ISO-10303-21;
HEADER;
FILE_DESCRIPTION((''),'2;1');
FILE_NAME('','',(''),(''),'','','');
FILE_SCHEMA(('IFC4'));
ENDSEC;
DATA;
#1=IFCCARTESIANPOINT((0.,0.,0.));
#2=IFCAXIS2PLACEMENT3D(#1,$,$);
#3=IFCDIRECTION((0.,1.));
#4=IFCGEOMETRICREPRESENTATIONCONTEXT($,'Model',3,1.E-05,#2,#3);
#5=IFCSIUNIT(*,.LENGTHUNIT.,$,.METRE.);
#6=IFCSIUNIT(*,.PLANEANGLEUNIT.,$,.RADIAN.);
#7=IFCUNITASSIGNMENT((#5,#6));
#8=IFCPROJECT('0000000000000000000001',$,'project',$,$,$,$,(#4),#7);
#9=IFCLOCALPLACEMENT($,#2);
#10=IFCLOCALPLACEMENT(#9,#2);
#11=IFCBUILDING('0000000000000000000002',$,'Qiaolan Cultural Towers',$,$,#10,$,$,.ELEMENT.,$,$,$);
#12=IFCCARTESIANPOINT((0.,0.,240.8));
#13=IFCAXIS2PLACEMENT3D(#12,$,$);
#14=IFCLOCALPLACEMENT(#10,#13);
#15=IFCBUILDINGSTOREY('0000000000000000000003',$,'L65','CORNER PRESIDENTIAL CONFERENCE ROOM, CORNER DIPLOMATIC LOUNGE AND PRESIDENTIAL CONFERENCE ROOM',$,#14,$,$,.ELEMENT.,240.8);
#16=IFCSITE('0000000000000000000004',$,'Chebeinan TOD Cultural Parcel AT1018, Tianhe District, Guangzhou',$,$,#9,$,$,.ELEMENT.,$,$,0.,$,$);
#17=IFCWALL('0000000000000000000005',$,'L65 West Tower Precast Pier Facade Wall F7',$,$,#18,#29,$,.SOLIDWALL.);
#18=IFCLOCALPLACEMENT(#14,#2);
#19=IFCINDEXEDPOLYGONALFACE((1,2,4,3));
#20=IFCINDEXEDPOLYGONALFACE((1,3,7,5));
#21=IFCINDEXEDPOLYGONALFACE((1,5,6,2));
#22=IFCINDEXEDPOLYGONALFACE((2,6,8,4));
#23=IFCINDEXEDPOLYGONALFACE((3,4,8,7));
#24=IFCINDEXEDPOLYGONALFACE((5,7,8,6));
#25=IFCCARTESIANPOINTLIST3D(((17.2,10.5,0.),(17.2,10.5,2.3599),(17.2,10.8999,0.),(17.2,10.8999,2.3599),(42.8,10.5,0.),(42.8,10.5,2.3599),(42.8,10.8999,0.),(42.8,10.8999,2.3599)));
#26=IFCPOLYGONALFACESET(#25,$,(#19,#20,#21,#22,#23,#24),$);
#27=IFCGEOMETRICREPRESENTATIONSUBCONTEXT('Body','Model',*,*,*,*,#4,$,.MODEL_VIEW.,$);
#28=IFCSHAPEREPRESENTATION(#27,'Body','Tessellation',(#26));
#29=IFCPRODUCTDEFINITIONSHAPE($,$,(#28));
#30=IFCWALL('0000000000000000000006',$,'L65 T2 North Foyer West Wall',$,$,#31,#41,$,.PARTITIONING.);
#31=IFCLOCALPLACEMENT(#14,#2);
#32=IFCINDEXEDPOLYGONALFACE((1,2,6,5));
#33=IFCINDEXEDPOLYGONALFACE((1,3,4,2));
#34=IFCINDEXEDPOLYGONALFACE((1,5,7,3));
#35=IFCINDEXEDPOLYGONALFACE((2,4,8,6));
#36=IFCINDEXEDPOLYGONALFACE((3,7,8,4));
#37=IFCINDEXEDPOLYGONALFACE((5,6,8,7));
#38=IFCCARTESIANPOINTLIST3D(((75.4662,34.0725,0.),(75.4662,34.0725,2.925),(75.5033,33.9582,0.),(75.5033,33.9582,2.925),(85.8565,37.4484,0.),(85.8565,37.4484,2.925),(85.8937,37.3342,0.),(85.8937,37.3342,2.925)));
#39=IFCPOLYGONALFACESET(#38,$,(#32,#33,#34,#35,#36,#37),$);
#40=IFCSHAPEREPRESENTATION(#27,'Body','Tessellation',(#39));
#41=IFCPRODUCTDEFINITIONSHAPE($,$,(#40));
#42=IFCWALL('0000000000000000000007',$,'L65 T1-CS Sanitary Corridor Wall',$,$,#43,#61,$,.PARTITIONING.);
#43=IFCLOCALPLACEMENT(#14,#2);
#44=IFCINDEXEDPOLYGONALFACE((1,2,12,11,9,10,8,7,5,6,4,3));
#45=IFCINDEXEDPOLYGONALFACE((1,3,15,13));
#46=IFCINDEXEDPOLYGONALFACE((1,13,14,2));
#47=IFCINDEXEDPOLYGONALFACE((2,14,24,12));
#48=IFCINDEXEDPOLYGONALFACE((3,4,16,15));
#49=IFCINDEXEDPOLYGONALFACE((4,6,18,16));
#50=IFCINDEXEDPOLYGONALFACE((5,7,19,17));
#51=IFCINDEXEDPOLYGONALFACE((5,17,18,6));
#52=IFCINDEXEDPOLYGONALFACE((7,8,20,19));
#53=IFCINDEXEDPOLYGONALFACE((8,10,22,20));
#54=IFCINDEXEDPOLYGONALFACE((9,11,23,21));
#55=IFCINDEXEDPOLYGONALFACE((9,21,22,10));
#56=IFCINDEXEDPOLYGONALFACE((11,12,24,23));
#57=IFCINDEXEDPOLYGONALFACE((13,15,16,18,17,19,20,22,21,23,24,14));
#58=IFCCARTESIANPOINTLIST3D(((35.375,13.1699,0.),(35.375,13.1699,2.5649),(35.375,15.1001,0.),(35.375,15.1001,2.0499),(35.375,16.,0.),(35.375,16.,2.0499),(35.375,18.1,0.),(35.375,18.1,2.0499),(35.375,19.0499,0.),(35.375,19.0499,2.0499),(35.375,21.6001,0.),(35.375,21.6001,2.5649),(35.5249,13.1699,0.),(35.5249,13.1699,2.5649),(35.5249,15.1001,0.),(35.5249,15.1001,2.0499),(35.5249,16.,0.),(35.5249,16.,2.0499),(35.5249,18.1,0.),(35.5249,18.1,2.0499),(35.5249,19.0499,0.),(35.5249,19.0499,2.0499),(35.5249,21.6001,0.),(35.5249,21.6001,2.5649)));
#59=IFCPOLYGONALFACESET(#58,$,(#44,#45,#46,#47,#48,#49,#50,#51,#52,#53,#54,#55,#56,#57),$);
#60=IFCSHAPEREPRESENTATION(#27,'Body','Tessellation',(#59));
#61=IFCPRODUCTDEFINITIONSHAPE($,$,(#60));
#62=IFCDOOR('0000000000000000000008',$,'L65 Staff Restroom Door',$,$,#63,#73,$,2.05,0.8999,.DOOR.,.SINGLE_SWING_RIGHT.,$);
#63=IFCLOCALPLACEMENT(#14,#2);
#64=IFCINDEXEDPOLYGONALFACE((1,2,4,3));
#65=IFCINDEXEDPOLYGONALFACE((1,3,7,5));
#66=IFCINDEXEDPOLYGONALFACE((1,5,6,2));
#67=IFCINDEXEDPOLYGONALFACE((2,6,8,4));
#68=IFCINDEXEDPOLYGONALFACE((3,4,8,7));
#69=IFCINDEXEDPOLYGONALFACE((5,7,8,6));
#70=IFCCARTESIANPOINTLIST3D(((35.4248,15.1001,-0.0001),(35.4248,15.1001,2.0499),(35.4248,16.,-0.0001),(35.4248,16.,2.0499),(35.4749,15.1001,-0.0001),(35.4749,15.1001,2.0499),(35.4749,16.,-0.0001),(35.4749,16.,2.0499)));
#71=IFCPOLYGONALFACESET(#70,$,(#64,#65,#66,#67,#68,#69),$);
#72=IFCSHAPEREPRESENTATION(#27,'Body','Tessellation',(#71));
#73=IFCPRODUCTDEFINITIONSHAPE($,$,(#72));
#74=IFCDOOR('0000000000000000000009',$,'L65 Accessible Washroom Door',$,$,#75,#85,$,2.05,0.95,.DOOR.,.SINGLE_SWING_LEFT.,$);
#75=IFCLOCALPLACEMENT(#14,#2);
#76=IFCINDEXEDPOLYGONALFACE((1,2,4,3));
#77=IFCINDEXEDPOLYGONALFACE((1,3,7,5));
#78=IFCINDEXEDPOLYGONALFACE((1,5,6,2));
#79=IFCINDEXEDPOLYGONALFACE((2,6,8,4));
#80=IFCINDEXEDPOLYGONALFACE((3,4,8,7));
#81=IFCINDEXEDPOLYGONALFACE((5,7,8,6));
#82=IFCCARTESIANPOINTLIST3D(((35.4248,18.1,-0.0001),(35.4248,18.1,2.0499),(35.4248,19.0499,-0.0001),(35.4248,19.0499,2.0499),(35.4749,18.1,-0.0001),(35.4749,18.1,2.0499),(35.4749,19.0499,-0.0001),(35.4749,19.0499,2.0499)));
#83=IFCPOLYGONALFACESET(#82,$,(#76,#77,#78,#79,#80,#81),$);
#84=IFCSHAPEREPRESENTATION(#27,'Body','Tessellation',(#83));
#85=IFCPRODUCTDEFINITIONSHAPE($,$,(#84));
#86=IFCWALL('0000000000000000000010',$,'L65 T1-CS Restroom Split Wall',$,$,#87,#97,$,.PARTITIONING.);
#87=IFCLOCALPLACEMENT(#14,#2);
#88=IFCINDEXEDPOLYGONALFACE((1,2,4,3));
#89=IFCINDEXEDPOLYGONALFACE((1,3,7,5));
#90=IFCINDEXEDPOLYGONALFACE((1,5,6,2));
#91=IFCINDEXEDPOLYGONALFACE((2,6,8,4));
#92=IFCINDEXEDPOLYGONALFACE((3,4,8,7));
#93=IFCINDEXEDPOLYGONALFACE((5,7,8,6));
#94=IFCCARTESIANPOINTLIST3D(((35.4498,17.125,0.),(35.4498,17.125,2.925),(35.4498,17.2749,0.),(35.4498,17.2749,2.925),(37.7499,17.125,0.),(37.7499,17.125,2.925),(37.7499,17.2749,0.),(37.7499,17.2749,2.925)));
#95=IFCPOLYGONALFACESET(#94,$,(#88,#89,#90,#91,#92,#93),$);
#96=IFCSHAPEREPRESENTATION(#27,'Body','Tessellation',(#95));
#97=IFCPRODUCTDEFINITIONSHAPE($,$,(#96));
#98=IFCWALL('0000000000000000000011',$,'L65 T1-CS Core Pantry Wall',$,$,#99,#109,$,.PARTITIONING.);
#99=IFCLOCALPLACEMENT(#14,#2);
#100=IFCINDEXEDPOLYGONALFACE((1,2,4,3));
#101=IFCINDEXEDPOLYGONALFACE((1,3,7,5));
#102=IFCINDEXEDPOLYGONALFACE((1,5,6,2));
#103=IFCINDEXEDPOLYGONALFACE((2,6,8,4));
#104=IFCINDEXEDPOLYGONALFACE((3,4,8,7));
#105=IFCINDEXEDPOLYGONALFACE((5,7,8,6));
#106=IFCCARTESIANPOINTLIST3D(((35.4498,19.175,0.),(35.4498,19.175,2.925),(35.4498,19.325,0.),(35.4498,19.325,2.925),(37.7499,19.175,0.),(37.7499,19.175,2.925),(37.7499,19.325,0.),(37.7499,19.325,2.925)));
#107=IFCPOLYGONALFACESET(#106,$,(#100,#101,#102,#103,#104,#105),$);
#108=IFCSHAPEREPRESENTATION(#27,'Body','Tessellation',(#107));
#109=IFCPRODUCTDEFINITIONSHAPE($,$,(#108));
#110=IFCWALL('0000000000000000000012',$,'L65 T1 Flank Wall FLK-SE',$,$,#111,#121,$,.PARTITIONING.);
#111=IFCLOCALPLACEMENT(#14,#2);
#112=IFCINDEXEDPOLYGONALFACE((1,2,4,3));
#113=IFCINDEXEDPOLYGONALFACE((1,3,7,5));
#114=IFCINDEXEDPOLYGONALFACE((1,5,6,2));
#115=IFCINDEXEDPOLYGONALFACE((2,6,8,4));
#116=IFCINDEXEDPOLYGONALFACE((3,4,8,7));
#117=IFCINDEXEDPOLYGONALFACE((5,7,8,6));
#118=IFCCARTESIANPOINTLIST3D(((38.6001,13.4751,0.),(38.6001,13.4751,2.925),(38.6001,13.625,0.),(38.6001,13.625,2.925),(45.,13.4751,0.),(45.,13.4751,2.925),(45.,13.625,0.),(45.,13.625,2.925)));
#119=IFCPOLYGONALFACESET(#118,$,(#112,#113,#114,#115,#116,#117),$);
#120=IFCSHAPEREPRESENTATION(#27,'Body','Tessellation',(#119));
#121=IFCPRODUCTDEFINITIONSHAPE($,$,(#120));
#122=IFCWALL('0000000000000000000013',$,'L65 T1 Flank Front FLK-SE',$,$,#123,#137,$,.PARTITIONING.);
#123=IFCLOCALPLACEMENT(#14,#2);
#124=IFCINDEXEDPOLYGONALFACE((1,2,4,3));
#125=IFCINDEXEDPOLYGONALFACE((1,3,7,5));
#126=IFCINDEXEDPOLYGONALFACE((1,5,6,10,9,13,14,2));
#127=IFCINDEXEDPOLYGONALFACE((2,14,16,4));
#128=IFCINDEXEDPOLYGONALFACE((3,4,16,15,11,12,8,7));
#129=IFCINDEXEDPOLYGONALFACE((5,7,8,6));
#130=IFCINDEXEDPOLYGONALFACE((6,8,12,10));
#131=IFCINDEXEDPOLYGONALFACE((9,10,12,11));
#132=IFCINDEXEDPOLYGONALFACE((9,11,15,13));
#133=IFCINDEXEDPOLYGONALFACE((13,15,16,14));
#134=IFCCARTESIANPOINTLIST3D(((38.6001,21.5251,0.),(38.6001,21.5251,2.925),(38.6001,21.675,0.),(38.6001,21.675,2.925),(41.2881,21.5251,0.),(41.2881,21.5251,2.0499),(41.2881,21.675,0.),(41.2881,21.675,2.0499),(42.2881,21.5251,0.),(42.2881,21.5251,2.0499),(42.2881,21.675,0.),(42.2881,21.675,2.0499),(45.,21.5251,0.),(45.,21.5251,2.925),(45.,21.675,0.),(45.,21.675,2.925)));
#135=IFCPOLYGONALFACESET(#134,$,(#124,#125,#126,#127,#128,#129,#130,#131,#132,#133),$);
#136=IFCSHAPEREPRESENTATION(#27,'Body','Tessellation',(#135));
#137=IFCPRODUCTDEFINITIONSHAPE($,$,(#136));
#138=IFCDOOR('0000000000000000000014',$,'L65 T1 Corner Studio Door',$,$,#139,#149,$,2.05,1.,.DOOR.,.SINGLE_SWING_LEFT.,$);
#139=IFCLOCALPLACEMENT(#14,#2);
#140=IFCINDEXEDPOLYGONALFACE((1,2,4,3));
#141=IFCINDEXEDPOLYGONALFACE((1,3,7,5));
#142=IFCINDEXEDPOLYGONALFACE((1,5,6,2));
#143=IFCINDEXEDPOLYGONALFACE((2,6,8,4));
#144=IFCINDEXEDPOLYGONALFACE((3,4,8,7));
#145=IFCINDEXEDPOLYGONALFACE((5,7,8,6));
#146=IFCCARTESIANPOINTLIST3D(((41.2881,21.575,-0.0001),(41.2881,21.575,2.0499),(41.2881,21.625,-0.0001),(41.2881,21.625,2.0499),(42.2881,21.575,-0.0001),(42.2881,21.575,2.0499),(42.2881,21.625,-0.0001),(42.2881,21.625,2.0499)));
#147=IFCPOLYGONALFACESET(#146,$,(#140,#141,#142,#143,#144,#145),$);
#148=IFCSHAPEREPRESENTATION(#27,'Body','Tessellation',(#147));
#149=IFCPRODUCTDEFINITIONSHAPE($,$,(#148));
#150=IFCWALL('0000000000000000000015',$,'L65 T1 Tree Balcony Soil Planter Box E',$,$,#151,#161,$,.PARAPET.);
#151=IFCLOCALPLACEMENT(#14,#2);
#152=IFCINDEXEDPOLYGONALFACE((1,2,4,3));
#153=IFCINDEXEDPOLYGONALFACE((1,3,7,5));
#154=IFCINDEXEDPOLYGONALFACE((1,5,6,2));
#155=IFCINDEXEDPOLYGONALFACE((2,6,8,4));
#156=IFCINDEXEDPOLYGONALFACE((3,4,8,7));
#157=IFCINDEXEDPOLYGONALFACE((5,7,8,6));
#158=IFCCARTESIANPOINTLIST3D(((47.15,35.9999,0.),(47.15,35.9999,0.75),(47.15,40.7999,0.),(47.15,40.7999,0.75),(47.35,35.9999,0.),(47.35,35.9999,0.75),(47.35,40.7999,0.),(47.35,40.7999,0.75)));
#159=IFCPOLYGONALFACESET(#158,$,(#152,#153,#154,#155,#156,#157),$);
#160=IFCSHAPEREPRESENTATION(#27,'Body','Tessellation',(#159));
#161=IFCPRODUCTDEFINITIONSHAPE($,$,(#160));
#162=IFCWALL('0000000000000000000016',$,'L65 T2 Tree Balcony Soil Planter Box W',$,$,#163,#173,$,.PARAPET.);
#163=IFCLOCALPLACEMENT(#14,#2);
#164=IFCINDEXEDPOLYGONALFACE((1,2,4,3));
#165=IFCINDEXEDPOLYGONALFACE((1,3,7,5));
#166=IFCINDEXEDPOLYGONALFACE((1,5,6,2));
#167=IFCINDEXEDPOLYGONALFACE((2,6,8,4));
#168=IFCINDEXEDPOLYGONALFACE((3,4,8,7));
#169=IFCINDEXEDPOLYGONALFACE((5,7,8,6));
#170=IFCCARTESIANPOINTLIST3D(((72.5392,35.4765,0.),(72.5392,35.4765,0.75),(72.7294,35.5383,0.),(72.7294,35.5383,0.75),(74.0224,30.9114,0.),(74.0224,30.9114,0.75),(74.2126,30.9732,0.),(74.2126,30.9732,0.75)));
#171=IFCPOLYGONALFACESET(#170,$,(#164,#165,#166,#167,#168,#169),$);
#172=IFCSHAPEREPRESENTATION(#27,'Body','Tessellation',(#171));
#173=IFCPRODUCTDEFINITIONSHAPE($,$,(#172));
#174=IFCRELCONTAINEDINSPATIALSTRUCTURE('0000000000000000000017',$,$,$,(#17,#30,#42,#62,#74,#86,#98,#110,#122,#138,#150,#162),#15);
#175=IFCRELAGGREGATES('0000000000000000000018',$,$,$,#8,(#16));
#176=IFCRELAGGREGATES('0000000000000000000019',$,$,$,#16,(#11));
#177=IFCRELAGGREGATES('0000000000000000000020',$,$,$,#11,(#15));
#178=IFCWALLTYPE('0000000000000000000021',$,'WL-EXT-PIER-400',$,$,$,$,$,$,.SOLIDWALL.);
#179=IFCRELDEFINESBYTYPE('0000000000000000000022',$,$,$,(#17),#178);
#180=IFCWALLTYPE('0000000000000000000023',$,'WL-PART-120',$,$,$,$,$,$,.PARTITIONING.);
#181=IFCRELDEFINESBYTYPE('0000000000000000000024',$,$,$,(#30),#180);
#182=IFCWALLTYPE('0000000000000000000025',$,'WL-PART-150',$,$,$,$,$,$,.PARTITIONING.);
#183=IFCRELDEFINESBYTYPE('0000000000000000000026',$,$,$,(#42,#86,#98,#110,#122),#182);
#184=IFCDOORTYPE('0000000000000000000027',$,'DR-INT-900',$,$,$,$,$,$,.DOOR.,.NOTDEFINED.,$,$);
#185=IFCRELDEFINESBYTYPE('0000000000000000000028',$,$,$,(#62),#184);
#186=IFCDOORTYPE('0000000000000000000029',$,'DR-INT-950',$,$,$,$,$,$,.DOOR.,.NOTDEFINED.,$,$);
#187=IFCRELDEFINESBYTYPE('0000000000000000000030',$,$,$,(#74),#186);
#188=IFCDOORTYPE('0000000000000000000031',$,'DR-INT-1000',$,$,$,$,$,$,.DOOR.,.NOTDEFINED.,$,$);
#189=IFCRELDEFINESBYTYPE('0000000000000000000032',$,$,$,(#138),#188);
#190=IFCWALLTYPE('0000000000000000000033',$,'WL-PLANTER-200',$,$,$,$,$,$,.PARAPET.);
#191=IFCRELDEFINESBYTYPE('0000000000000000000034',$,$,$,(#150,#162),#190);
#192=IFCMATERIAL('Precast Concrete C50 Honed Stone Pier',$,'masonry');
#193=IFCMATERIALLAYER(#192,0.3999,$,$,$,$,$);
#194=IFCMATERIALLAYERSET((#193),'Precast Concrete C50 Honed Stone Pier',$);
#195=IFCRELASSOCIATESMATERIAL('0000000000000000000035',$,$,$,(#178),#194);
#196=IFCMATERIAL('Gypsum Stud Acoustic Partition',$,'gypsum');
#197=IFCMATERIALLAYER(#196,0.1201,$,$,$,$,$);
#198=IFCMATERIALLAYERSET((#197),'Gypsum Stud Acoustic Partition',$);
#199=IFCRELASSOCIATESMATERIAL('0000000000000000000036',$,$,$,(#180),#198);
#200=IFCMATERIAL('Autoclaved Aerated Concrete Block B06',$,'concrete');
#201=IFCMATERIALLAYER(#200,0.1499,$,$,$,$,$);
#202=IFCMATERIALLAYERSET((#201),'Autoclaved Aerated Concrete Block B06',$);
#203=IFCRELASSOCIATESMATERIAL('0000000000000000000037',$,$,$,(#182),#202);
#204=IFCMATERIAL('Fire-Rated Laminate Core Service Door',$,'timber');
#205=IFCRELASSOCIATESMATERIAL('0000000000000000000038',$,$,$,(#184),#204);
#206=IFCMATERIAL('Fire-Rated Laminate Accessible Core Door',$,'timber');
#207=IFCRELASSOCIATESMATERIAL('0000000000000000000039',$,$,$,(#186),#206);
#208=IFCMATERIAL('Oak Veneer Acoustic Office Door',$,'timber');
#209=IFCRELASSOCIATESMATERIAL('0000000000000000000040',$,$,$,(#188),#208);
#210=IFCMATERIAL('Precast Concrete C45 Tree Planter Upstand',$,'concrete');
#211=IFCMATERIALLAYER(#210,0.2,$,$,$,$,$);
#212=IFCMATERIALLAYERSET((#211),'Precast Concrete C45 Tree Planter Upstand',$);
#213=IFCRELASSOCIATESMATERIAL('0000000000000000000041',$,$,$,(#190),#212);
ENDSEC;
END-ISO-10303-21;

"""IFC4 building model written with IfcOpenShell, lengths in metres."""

from ifc_helpers import new_model, si_unit, direction, frame, frame_2d, origin, place, context, subcontext, project, spatial, rectangle, extrude, material, layer, layer_set, type_object, element, fill, save


model = new_model("IFC4")

# Units and contexts
model_context = context("Model", 3, precision=1e-05, world=origin(), true_north=direction((0.0, 1.0)))
body_context = subcontext(model_context, "Body", "Model", "MODEL_VIEW")
ifc_project = project(units=[si_unit("LENGTHUNIT", "METRE"), si_unit("PLANEANGLEUNIT", "RADIAN")], contexts=[model_context])

# Site, building, storey
site_placement = place(None, origin())
site = spatial("IfcSite", under=ifc_project, at=site_placement, Name="Chebeinan TOD Cultural Parcel AT1018, Tianhe District, Guangzhou", CompositionType="ELEMENT", RefElevation=0.0)
building_placement = place(site_placement, origin())
building = spatial("IfcBuilding", under=site, at=building_placement, Name="Qiaolan Cultural Towers", CompositionType="ELEMENT")
storey_placement = place(building_placement, frame((0.0, 0.0, 240.8)))
storey = spatial("IfcBuildingStorey", under=building, at=storey_placement, Name="L65", Description="CORNER PRESIDENTIAL CONFERENCE ROOM, CORNER DIPLOMATIC LOUNGE AND PRESIDENTIAL CONFERENCE ROOM", CompositionType="ELEMENT", Elevation=240.8)

# Walls
ifc_material_1 = material(Name="Precast Concrete C50 Honed Stone Pier", Category="masonry")
ifc_layer_1 = layer(ifc_material_1, 0.3999)
ifc_layer_set_1 = layer_set([ifc_layer_1], Name="Precast Concrete C50 Honed Stone Pier")
wall_type_1 = type_object("IfcWallType", Name="WL-EXT-PIER-400", PredefinedType="SOLIDWALL", material=ifc_layer_set_1)
wall_1_placement = place(storey_placement, frame((42.8, 10.7, 0.0), z_axis=(0.0, 0.0, 1.0), x_axis=(-1.0, 0.0, 0.0)))
element("IfcWall", 1, at=wall_1_placement, inside=storey, type_object=wall_type_1, Name="L65 West Tower Precast Pier Facade Wall F7", PredefinedType="SOLIDWALL", context=body_context, shape_type="SweptSolid", body=[
    extrude(rectangle(XDim=25.6001, YDim=0.3999, at=frame_2d((12.8, 0.0))), origin(), (0.0, 0.0, 1.0), 2.3599),
])
ifc_material_2 = material(Name="Gypsum Stud Acoustic Partition", Category="gypsum")
ifc_layer_2 = layer(ifc_material_2, 0.1201)
ifc_layer_set_2 = layer_set([ifc_layer_2], Name="Gypsum Stud Acoustic Partition")
wall_type_2 = type_object("IfcWallType", Name="WL-PART-120", PredefinedType="PARTITIONING", material=ifc_layer_set_2)
wall_2_placement = place(storey_placement, frame((75.4849, 34.0154, 0.0), z_axis=(0.0, 0.0, 1.0), x_axis=(0.951058, 0.309012, 0.0)))
element("IfcWall", 2, at=wall_2_placement, inside=storey, type_object=wall_type_2, Name="L65 T2 North Foyer West Wall", PredefinedType="PARTITIONING", context=body_context, shape_type="SweptSolid", body=[
    extrude(rectangle(XDim=10.925, YDim=0.1201, at=frame_2d((5.4624, 0.0))), origin(), (0.0, 0.0, 1.0), 2.925),
])

# Wall, openings, doors
ifc_material_3 = material(Name="Autoclaved Aerated Concrete Block B06", Category="concrete")
ifc_layer_3 = layer(ifc_material_3, 0.1499)
ifc_layer_set_3 = layer_set([ifc_layer_3], Name="Autoclaved Aerated Concrete Block B06")
wall_type_3 = type_object("IfcWallType", Name="WL-PART-150", PredefinedType="PARTITIONING", material=ifc_layer_set_3)
wall_3_placement = place(storey_placement, frame((35.45, 21.6001, 0.0), z_axis=(0.0, 0.0, 1.0), x_axis=(0.0, -1.0, 0.0)))
wall_3 = element("IfcWall", 3, at=wall_3_placement, inside=storey, type_object=wall_type_3, Name="L65 T1-CS Sanitary Corridor Wall", PredefinedType="PARTITIONING", context=body_context, shape_type="SweptSolid", body=[
    extrude(rectangle(XDim=8.4302, YDim=0.1499, at=frame_2d((4.2151, 0.0))), origin(), (0.0, 0.0, 1.0), 2.5649),
])
opening_1_placement = place(wall_3_placement, frame((2.55, 0.0, 0.0)))
opening_1 = element("IfcOpeningElement", 4, at=opening_1_placement, cuts=wall_3, PredefinedType="OPENING", context=body_context, shape_type="SweptSolid", body=[
    extrude(rectangle(XDim=0.95, YDim=2.05, at=frame_2d((0.4751, 1.0249))), frame((0.0, 0.085, 0.0), z_axis=(0.0, -1.0, 0.0), x_axis=(1.0, 0.0, 0.0)), (0.0, 0.0, 1.0), 0.1699),
])
opening_2_placement = place(wall_3_placement, frame((5.6001, 0.0, 0.0)))
opening_2 = element("IfcOpeningElement", 5, at=opening_2_placement, cuts=wall_3, PredefinedType="OPENING", context=body_context, shape_type="SweptSolid", body=[
    extrude(rectangle(XDim=0.8999, YDim=2.05, at=frame_2d((0.45, 1.0249))), frame((0.0, 0.085, 0.0), z_axis=(0.0, -1.0, 0.0), x_axis=(1.0, 0.0, 0.0)), (0.0, 0.0, 1.0), 0.1699),
])
ifc_material_4 = material(Name="Fire-Rated Laminate Core Service Door", Category="timber")
door_type_1 = type_object("IfcDoorType", Name="DR-INT-900", OperationType="NOTDEFINED", PredefinedType="DOOR", material=ifc_material_4)
door_1_placement = place(opening_2_placement, origin())
door_1 = element("IfcDoor", 6, at=door_1_placement, inside=storey, type_object=door_type_1, Name="L65 Staff Restroom Door", OperationType="SINGLE_SWING_RIGHT", OverallHeight=2.05, OverallWidth=0.8999, PredefinedType="DOOR", context=body_context, shape_type="SweptSolid", body=[
    extrude(rectangle(XDim=0.8999, YDim=2.05, at=frame_2d((0.45, 1.0249))), frame((0.0, 0.0249, 0.0), z_axis=(0.0, -1.0, 0.0), x_axis=(1.0, 0.0, 0.0)), (0.0, 0.0, 1.0), 0.05),
])
fill(opening_2, door_1)
ifc_material_5 = material(Name="Fire-Rated Laminate Accessible Core Door", Category="timber")
door_type_2 = type_object("IfcDoorType", Name="DR-INT-950", OperationType="NOTDEFINED", PredefinedType="DOOR", material=ifc_material_5)
door_2_placement = place(opening_1_placement, origin())
door_2 = element("IfcDoor", 7, at=door_2_placement, inside=storey, type_object=door_type_2, Name="L65 Accessible Washroom Door", OperationType="SINGLE_SWING_LEFT", OverallHeight=2.05, OverallWidth=0.95, PredefinedType="DOOR", context=body_context, shape_type="SweptSolid", body=[
    extrude(rectangle(XDim=0.95, YDim=2.05, at=frame_2d((0.4751, 1.0249))), frame((0.0, 0.0249, 0.0), z_axis=(0.0, -1.0, 0.0), x_axis=(1.0, 0.0, 0.0)), (0.0, 0.0, 1.0), 0.05),
])
fill(opening_1, door_2)

# Walls
for number, where, z_axis, x_axis, name in (
    (8, (35.45, 17.2, 0.0), (0.0, 0.0, 1.0), (1.0, 0.0, 0.0), "L65 T1-CS Restroom Split Wall"),
    (9, (35.45, 19.25, 0.0), (0.0, 0.0, 1.0), (1.0, 0.0, 0.0), "L65 T1-CS Core Pantry Wall"),
):
    element("IfcWall", number, at=place(storey_placement, frame(where, z_axis=z_axis, x_axis=x_axis)), inside=storey, type_object=wall_type_3, Name=name, PredefinedType="PARTITIONING", context=body_context, shape_type="SweptSolid", body=[
        extrude(rectangle(XDim=2.3, YDim=0.1499, at=frame_2d((1.1499, 0.0))), origin(), (0.0, 0.0, 1.0), 2.925),
    ])
wall_4_placement = place(storey_placement, frame((38.6001, 13.55, 0.0), z_axis=(0.0, 0.0, 1.0), x_axis=(1.0, 0.0, 0.0)))
element("IfcWall", 10, at=wall_4_placement, inside=storey, type_object=wall_type_3, Name="L65 T1 Flank Wall FLK-SE", PredefinedType="PARTITIONING", context=body_context, shape_type="SweptSolid", body=[
    extrude(rectangle(XDim=6.3999, YDim=0.1499, at=frame_2d((3.2, 0.0))), origin(), (0.0, 0.0, 1.0), 2.925),
])

# Wall, opening, door
wall_5_placement = place(storey_placement, frame((38.6001, 21.6001, 0.0), z_axis=(0.0, 0.0, 1.0), x_axis=(1.0, 0.0, 0.0)))
wall_5 = element("IfcWall", 11, at=wall_5_placement, inside=storey, type_object=wall_type_3, Name="L65 T1 Flank Front FLK-SE", PredefinedType="PARTITIONING", context=body_context, shape_type="SweptSolid", body=[
    extrude(rectangle(XDim=6.3999, YDim=0.1499, at=frame_2d((3.2, 0.0))), origin(), (0.0, 0.0, 1.0), 2.925),
])
opening_3_placement = place(wall_5_placement, frame((2.688, 0.0, 0.0)))
opening_3 = element("IfcOpeningElement", 12, at=opening_3_placement, cuts=wall_5, PredefinedType="OPENING", context=body_context, shape_type="SweptSolid", body=[
    extrude(rectangle(XDim=1.0, YDim=2.05, at=frame_2d((0.5, 1.0249))), frame((0.0, 0.085, 0.0), z_axis=(0.0, -1.0, 0.0), x_axis=(1.0, 0.0, 0.0)), (0.0, 0.0, 1.0), 0.1699),
])
ifc_material_6 = material(Name="Oak Veneer Acoustic Office Door", Category="timber")
door_type_3 = type_object("IfcDoorType", Name="DR-INT-1000", OperationType="NOTDEFINED", PredefinedType="DOOR", material=ifc_material_6)
door_3_placement = place(opening_3_placement, origin())
door_3 = element("IfcDoor", 13, at=door_3_placement, inside=storey, type_object=door_type_3, Name="L65 T1 Corner Studio Door", OperationType="SINGLE_SWING_LEFT", OverallHeight=2.05, OverallWidth=1.0, PredefinedType="DOOR", context=body_context, shape_type="SweptSolid", body=[
    extrude(rectangle(XDim=1.0, YDim=2.05, at=frame_2d((0.5, 1.0249))), frame((0.0, 0.0249, 0.0), z_axis=(0.0, -1.0, 0.0), x_axis=(1.0, 0.0, 0.0)), (0.0, 0.0, 1.0), 0.05),
])
fill(opening_3, door_3)

# Walls
ifc_material_7 = material(Name="Precast Concrete C45 Tree Planter Upstand", Category="concrete")
ifc_layer_4 = layer(ifc_material_7, 0.2)
ifc_layer_set_4 = layer_set([ifc_layer_4], Name="Precast Concrete C45 Tree Planter Upstand")
wall_type_4 = type_object("IfcWallType", Name="WL-PLANTER-200", PredefinedType="PARAPET", material=ifc_layer_set_4)
for number, where, z_axis, x_axis, name in (
    (14, (47.25, 36.0, 0.0), (0.0, 0.0, 1.0), (0.0, 1.0, 0.0), "L65 T1 Tree Balcony Soil Planter Box E"),
    (15, (74.1174, 30.9424, 0.0), (0.0, 0.0, 1.0), (-0.308986, 0.951067, 0.0), "L65 T2 Tree Balcony Soil Planter Box W"),
):
    element("IfcWall", number, at=place(storey_placement, frame(where, z_axis=z_axis, x_axis=x_axis)), inside=storey, type_object=wall_type_4, Name=name, PredefinedType="PARAPET", context=body_context, shape_type="SweptSolid", body=[
        extrude(rectangle(XDim=4.8, YDim=0.2, at=frame_2d((2.3999, 0.0))), origin(), (0.0, 0.0, 1.0), 0.75),
    ])

save(model, "model.ifc")
